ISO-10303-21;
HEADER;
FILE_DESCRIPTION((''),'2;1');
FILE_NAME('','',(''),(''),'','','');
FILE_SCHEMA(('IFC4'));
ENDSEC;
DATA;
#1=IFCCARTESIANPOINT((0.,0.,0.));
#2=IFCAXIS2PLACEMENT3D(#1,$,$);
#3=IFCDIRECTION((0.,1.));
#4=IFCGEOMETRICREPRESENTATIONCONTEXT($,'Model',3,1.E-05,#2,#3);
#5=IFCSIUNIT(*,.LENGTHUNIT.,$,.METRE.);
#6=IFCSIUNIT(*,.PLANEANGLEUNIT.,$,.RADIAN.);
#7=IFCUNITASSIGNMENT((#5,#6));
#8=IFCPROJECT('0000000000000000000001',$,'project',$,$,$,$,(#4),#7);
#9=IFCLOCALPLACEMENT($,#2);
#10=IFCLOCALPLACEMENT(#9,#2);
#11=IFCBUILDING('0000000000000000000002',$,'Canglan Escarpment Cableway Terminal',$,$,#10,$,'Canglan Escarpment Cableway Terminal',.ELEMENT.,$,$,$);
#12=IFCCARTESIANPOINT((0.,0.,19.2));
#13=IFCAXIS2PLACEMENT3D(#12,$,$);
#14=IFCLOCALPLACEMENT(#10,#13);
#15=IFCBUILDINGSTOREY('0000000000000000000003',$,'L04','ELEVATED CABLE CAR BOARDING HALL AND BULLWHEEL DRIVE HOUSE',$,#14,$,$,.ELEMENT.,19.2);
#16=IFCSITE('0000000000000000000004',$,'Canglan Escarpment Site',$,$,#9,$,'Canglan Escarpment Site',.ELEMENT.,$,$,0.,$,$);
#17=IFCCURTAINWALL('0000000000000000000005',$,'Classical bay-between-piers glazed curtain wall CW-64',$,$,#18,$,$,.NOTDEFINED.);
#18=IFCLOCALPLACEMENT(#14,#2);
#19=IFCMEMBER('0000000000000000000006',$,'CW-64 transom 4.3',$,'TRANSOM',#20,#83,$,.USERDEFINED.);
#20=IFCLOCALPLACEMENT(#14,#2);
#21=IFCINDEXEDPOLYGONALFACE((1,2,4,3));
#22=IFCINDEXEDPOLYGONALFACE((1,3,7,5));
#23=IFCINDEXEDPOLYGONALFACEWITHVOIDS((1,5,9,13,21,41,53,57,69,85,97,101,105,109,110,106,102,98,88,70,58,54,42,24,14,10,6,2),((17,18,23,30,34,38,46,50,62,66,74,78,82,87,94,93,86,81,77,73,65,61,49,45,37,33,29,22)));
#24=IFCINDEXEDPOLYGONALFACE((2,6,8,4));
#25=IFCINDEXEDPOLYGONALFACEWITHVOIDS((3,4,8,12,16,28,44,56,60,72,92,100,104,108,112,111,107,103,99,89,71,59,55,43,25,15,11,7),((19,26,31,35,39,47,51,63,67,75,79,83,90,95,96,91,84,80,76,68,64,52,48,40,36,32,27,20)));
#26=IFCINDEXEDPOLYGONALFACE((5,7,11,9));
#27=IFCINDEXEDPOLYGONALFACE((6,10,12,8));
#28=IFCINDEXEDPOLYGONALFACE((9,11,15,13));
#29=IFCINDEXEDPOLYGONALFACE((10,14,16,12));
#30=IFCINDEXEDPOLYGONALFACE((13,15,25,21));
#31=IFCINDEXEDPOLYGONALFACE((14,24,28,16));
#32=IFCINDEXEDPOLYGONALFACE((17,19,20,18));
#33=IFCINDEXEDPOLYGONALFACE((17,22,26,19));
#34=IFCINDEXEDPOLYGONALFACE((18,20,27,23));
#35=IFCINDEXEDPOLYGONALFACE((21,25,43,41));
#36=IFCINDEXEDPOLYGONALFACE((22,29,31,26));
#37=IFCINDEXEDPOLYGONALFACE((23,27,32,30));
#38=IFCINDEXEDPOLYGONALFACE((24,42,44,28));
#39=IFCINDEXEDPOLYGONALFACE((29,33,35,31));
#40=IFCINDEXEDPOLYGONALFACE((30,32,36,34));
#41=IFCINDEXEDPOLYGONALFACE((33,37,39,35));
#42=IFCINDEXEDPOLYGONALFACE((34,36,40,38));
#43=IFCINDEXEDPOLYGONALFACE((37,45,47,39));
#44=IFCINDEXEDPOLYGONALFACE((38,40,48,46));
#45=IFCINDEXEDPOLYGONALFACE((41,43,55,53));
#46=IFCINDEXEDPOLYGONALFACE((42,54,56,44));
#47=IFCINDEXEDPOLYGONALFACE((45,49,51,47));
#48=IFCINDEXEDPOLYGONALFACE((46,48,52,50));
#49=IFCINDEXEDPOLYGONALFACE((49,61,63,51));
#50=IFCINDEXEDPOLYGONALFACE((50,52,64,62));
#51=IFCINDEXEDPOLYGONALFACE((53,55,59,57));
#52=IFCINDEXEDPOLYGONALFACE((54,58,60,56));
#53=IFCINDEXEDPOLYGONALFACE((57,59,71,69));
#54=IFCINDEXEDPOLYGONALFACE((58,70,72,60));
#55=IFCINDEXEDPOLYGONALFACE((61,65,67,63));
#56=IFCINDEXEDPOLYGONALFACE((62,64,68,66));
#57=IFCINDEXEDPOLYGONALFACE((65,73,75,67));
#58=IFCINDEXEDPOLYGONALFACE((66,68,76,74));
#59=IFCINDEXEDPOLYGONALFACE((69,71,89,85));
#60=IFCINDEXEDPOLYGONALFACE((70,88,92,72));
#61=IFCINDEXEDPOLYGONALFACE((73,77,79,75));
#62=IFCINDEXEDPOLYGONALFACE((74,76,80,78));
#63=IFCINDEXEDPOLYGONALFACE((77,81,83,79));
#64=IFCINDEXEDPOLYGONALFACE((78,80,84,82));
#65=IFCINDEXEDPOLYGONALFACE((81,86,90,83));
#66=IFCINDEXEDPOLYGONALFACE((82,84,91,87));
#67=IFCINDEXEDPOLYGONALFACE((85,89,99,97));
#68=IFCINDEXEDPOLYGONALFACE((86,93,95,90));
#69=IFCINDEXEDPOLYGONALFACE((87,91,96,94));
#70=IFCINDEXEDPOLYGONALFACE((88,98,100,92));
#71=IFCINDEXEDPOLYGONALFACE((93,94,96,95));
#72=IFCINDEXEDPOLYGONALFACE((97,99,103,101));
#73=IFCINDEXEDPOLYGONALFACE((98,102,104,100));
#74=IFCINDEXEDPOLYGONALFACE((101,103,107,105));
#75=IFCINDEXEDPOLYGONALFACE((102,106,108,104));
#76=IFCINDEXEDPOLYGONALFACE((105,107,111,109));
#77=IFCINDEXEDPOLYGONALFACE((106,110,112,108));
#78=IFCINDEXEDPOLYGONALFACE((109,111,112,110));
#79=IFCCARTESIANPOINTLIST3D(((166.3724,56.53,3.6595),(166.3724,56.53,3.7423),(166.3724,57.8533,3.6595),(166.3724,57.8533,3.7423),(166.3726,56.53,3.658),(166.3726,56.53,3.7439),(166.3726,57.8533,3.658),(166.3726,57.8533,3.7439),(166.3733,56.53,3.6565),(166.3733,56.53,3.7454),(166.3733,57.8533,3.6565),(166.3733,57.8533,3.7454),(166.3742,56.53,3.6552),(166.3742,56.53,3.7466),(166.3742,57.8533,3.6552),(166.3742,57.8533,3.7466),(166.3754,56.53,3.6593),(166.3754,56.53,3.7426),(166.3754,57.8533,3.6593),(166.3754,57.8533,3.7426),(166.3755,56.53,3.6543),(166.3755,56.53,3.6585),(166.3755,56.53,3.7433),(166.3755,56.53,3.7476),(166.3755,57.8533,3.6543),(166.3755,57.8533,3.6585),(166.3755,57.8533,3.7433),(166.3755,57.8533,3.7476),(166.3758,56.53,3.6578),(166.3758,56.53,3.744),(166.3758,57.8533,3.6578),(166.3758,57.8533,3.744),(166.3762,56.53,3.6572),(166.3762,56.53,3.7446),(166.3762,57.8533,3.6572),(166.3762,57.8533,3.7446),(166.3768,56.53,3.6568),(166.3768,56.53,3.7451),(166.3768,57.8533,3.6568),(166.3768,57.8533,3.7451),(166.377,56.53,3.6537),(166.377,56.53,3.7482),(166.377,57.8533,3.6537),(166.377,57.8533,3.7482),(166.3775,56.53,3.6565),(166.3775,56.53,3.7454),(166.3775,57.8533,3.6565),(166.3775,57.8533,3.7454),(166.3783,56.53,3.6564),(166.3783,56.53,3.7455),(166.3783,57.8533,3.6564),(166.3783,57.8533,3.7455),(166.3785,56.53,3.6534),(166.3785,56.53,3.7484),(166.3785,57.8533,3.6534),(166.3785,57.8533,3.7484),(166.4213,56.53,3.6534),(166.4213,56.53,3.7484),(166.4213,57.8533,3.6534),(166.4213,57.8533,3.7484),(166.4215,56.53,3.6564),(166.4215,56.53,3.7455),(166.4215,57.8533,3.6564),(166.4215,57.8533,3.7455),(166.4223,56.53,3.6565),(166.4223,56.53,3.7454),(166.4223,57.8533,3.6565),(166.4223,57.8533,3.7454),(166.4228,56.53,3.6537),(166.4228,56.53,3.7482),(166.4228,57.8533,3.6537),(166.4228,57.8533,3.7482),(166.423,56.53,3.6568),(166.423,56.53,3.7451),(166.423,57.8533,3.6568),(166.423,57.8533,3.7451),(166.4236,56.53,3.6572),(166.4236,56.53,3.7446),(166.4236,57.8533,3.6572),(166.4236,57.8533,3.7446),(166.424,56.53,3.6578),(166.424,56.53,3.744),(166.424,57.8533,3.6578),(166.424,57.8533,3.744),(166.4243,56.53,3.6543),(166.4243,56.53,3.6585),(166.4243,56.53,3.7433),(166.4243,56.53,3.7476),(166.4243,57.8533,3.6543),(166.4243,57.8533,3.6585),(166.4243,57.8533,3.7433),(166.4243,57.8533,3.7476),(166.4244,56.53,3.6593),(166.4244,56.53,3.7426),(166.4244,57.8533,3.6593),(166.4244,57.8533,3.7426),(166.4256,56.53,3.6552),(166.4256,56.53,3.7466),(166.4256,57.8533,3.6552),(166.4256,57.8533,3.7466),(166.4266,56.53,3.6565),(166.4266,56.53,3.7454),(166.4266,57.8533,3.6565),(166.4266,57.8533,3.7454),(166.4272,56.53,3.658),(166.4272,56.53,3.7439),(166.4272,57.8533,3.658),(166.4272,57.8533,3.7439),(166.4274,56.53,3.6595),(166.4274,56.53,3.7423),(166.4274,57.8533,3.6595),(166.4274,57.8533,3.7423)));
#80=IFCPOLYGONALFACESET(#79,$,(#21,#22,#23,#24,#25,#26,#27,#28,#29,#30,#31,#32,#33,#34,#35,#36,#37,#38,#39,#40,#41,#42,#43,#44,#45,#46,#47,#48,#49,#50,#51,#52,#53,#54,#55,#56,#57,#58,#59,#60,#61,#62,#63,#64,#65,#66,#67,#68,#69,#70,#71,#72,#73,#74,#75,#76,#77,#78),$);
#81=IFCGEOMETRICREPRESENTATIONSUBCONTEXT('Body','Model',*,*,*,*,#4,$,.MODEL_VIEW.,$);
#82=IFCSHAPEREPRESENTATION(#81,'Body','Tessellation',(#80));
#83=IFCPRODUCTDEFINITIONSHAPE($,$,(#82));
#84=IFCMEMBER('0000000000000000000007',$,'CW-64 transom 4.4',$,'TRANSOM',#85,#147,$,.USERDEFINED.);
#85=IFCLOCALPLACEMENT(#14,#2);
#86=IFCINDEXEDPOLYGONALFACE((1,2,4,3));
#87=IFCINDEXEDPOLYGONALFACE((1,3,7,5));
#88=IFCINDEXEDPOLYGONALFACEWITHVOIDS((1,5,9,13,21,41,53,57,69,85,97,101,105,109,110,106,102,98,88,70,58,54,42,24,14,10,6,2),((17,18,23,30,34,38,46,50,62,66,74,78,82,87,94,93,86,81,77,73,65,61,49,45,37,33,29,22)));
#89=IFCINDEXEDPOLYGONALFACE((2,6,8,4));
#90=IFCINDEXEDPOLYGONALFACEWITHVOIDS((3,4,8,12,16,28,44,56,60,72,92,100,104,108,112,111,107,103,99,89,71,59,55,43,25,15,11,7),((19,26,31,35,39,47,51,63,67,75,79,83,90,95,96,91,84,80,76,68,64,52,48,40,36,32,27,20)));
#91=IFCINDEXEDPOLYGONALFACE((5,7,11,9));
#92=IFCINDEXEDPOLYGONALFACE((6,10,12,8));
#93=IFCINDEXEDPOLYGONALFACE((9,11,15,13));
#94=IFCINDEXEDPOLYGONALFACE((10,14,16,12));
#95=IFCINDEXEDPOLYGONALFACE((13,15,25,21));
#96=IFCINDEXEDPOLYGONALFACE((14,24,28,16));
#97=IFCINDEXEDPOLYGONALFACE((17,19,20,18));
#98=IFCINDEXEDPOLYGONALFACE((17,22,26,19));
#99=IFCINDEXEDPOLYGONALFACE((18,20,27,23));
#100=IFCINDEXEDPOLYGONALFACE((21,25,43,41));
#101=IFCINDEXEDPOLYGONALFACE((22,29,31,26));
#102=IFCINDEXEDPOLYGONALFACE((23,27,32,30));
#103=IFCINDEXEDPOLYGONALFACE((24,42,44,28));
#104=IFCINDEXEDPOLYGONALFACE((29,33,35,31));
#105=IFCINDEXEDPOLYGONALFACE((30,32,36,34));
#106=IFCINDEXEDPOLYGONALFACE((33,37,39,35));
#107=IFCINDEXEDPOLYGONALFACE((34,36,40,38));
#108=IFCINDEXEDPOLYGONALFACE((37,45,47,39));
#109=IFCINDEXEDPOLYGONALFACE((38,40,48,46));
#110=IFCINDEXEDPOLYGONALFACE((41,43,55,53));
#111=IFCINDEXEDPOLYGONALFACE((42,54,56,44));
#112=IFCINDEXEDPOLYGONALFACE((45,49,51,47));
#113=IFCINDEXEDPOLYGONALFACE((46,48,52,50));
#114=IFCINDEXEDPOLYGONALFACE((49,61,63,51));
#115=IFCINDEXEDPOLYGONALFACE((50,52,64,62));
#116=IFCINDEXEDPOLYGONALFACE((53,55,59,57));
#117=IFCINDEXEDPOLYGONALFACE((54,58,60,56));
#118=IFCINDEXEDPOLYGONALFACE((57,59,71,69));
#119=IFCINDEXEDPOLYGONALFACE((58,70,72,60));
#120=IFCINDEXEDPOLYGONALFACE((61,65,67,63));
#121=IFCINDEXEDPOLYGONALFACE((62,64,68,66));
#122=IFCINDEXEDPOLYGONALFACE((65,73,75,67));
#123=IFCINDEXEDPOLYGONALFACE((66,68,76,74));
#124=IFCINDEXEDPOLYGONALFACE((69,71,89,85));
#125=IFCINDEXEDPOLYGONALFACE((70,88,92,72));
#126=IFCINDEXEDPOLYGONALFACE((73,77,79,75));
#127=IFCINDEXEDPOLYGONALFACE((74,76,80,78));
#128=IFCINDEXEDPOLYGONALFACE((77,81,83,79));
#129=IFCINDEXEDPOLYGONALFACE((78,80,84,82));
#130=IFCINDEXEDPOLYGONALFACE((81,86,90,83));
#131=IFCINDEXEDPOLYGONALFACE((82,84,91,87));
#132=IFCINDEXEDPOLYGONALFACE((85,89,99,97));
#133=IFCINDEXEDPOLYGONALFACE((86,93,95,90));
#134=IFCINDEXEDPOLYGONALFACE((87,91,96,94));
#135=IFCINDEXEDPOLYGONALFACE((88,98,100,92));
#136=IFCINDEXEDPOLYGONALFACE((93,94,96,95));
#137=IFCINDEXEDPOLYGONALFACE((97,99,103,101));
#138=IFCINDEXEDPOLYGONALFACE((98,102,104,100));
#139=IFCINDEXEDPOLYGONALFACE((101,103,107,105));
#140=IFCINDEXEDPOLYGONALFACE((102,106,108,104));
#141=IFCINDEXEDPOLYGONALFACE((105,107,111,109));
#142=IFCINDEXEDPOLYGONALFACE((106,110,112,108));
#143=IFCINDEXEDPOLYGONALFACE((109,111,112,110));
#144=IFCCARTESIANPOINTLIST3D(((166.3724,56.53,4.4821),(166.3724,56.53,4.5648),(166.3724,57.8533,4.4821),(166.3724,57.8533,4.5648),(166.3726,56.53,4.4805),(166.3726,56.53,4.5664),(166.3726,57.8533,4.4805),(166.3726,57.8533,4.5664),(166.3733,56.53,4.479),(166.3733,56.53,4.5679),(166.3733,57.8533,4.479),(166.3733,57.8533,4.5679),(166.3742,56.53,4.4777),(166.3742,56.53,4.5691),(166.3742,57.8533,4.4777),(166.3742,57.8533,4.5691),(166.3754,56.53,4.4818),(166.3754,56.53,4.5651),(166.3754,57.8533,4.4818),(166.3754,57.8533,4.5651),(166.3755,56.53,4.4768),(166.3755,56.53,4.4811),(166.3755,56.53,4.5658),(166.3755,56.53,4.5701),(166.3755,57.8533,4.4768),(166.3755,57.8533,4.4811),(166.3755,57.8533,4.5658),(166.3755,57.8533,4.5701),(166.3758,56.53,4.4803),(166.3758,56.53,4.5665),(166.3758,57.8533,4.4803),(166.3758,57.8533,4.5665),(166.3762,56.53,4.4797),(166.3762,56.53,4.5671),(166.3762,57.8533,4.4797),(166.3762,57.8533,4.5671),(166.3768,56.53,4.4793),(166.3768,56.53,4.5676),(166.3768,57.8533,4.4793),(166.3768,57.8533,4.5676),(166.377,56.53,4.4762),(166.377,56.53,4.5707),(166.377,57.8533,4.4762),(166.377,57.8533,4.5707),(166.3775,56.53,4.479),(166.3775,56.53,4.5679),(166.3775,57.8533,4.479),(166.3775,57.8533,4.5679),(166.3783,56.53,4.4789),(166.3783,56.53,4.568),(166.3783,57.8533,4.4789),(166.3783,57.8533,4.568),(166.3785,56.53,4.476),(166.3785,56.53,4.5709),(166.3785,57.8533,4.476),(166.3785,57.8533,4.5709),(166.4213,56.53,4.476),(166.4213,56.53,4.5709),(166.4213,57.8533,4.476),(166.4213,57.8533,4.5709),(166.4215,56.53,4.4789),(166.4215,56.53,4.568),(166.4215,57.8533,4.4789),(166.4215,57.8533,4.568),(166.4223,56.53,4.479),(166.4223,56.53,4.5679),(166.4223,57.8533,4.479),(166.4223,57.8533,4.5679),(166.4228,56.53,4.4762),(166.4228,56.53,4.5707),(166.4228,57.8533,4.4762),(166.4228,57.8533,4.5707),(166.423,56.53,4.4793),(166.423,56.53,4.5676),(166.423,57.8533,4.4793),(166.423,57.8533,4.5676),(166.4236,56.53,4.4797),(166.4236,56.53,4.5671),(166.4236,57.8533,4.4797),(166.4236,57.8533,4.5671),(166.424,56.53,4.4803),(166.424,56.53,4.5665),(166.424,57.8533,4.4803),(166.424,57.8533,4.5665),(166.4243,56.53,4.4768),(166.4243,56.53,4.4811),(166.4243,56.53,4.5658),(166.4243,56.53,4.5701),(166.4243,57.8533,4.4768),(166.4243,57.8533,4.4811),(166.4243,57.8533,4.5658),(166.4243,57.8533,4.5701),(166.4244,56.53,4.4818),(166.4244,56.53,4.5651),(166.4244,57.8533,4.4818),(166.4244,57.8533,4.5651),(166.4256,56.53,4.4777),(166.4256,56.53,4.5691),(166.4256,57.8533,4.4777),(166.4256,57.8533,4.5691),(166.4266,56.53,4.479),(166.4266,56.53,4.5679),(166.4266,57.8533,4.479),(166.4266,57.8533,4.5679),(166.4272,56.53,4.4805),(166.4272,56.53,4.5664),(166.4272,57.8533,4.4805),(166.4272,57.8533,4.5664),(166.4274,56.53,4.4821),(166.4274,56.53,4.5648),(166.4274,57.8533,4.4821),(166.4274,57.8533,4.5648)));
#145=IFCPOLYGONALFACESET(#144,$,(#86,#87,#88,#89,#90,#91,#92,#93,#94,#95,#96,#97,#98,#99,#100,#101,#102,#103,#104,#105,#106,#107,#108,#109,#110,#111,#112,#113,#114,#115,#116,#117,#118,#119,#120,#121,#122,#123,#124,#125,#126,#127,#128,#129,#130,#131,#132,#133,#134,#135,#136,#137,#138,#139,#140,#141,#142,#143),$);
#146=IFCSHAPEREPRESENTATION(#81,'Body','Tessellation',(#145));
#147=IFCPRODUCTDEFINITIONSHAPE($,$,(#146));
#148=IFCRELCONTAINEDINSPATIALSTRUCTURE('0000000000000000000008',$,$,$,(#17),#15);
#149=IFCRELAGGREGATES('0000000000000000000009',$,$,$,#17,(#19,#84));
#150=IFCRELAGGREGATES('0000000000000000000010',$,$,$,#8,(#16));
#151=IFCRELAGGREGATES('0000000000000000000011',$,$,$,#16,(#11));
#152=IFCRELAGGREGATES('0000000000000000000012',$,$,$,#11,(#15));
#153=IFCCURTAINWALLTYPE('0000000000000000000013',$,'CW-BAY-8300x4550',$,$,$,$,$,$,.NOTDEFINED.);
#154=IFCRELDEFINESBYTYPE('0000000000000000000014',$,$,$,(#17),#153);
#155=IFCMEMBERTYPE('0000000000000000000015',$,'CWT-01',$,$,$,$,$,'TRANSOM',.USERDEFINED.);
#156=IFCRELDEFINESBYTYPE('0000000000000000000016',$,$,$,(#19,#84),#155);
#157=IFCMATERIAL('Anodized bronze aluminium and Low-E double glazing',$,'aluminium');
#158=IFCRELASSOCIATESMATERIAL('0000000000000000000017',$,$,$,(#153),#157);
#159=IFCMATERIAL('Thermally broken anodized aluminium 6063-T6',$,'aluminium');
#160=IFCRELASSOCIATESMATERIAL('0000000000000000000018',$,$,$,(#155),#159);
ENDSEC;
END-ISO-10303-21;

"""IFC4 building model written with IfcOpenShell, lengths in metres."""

from ifc_helpers import new_model, si_unit, direction, frame, origin, origin_2d, place, context, subcontext, project, spatial, hollow_rectangle, extrude, material, material_profile, profile_set, type_object, element, aggregate, save


model = new_model("IFC4")

# Units and contexts
model_context = context("Model", 3, precision=1e-05, world=origin(), true_north=direction((0.0, 1.0)))
body_context = subcontext(model_context, "Body", "Model", "MODEL_VIEW")
ifc_project = project(units=[si_unit("LENGTHUNIT", "METRE"), si_unit("PLANEANGLEUNIT", "RADIAN")], contexts=[model_context])

# Site, building, storey
site_placement = place(None, origin())
site = spatial("IfcSite", under=ifc_project, at=site_placement, Name="Canglan Escarpment Site", LongName="Canglan Escarpment Site", CompositionType="ELEMENT", RefElevation=0.0)
building_placement = place(site_placement, origin())
building = spatial("IfcBuilding", under=site, at=building_placement, Name="Canglan Escarpment Cableway Terminal", LongName="Canglan Escarpment Cableway Terminal", CompositionType="ELEMENT")
storey_placement = place(building_placement, frame((0.0, 0.0, 19.2)))
storey = spatial("IfcBuildingStorey", under=building, at=storey_placement, Name="L04", Description="ELEVATED CABLE CAR BOARDING HALL AND BULLWHEEL DRIVE HOUSE", CompositionType="ELEMENT", Elevation=19.2)

# Curtain wall, members
ifc_material_1 = material(Name="Anodized bronze aluminium and Low-E double glazing", Category="aluminium")
curtain_wall_type = type_object("IfcCurtainWallType", Name="CW-BAY-8300x4550", PredefinedType="NOTDEFINED", material=ifc_material_1)
curtain_wall_placement = place(storey_placement, origin())
curtain_wall = element("IfcCurtainWall", 1, at=curtain_wall_placement, inside=storey, type_object=curtain_wall_type, Name="Classical bay-between-piers glazed curtain wall CW-64", PredefinedType="NOTDEFINED")
ifc_material_2 = material(Name="Thermally broken anodized aluminium 6063-T6", Category="aluminium")
ifc_material_profile_1 = material_profile(ifc_material_2, hollow_rectangle(XDim=0.0549, YDim=0.095, WallThickness=0.0029, InnerFilletRadius=0.0029, OuterFilletRadius=0.0061, at=origin_2d()), Name="ALU-TRAN 55x95x3")
ifc_profile_set_1 = profile_set([ifc_material_profile_1], Name="Thermally broken anodized aluminium 6063-T6")
member_type_1 = type_object("IfcMemberType", Name="CWT-01", ElementType="TRANSOM", PredefinedType="USERDEFINED", material=ifc_profile_set_1)
member_1_placement = place(storey_placement, frame((166.3999, 56.53, 3.7009), z_axis=(0.0, 1.0, 0.0), x_axis=(-1.0, 0.0, 0.0)))
member_1 = element("IfcMember", 2, at=member_1_placement, type_object=member_type_1, Name="CW-64 transom 4.3", ObjectType="TRANSOM", PredefinedType="USERDEFINED", context=body_context, shape_type="SweptSolid", body=[
    extrude(hollow_rectangle(XDim=0.0549, YDim=0.095, WallThickness=0.0029, InnerFilletRadius=0.0029, OuterFilletRadius=0.0061, at=origin_2d()), origin(), (0.0, 0.0, 1.0), 1.3232),
])
member_2_placement = place(storey_placement, frame((166.3999, 56.53, 4.5234), z_axis=(0.0, 1.0, 0.0), x_axis=(-1.0, 0.0, 0.0)))
member_2 = element("IfcMember", 3, at=member_2_placement, type_object=member_type_1, Name="CW-64 transom 4.4", ObjectType="TRANSOM", PredefinedType="USERDEFINED", context=body_context, shape_type="SweptSolid", body=[
    extrude(hollow_rectangle(XDim=0.0549, YDim=0.095, WallThickness=0.0029, InnerFilletRadius=0.0029, OuterFilletRadius=0.0061, at=origin_2d()), origin(), (0.0, 0.0, 1.0), 1.3232),
])
aggregate(curtain_wall, [member_1, member_2])

save(model, "model.ifc")
